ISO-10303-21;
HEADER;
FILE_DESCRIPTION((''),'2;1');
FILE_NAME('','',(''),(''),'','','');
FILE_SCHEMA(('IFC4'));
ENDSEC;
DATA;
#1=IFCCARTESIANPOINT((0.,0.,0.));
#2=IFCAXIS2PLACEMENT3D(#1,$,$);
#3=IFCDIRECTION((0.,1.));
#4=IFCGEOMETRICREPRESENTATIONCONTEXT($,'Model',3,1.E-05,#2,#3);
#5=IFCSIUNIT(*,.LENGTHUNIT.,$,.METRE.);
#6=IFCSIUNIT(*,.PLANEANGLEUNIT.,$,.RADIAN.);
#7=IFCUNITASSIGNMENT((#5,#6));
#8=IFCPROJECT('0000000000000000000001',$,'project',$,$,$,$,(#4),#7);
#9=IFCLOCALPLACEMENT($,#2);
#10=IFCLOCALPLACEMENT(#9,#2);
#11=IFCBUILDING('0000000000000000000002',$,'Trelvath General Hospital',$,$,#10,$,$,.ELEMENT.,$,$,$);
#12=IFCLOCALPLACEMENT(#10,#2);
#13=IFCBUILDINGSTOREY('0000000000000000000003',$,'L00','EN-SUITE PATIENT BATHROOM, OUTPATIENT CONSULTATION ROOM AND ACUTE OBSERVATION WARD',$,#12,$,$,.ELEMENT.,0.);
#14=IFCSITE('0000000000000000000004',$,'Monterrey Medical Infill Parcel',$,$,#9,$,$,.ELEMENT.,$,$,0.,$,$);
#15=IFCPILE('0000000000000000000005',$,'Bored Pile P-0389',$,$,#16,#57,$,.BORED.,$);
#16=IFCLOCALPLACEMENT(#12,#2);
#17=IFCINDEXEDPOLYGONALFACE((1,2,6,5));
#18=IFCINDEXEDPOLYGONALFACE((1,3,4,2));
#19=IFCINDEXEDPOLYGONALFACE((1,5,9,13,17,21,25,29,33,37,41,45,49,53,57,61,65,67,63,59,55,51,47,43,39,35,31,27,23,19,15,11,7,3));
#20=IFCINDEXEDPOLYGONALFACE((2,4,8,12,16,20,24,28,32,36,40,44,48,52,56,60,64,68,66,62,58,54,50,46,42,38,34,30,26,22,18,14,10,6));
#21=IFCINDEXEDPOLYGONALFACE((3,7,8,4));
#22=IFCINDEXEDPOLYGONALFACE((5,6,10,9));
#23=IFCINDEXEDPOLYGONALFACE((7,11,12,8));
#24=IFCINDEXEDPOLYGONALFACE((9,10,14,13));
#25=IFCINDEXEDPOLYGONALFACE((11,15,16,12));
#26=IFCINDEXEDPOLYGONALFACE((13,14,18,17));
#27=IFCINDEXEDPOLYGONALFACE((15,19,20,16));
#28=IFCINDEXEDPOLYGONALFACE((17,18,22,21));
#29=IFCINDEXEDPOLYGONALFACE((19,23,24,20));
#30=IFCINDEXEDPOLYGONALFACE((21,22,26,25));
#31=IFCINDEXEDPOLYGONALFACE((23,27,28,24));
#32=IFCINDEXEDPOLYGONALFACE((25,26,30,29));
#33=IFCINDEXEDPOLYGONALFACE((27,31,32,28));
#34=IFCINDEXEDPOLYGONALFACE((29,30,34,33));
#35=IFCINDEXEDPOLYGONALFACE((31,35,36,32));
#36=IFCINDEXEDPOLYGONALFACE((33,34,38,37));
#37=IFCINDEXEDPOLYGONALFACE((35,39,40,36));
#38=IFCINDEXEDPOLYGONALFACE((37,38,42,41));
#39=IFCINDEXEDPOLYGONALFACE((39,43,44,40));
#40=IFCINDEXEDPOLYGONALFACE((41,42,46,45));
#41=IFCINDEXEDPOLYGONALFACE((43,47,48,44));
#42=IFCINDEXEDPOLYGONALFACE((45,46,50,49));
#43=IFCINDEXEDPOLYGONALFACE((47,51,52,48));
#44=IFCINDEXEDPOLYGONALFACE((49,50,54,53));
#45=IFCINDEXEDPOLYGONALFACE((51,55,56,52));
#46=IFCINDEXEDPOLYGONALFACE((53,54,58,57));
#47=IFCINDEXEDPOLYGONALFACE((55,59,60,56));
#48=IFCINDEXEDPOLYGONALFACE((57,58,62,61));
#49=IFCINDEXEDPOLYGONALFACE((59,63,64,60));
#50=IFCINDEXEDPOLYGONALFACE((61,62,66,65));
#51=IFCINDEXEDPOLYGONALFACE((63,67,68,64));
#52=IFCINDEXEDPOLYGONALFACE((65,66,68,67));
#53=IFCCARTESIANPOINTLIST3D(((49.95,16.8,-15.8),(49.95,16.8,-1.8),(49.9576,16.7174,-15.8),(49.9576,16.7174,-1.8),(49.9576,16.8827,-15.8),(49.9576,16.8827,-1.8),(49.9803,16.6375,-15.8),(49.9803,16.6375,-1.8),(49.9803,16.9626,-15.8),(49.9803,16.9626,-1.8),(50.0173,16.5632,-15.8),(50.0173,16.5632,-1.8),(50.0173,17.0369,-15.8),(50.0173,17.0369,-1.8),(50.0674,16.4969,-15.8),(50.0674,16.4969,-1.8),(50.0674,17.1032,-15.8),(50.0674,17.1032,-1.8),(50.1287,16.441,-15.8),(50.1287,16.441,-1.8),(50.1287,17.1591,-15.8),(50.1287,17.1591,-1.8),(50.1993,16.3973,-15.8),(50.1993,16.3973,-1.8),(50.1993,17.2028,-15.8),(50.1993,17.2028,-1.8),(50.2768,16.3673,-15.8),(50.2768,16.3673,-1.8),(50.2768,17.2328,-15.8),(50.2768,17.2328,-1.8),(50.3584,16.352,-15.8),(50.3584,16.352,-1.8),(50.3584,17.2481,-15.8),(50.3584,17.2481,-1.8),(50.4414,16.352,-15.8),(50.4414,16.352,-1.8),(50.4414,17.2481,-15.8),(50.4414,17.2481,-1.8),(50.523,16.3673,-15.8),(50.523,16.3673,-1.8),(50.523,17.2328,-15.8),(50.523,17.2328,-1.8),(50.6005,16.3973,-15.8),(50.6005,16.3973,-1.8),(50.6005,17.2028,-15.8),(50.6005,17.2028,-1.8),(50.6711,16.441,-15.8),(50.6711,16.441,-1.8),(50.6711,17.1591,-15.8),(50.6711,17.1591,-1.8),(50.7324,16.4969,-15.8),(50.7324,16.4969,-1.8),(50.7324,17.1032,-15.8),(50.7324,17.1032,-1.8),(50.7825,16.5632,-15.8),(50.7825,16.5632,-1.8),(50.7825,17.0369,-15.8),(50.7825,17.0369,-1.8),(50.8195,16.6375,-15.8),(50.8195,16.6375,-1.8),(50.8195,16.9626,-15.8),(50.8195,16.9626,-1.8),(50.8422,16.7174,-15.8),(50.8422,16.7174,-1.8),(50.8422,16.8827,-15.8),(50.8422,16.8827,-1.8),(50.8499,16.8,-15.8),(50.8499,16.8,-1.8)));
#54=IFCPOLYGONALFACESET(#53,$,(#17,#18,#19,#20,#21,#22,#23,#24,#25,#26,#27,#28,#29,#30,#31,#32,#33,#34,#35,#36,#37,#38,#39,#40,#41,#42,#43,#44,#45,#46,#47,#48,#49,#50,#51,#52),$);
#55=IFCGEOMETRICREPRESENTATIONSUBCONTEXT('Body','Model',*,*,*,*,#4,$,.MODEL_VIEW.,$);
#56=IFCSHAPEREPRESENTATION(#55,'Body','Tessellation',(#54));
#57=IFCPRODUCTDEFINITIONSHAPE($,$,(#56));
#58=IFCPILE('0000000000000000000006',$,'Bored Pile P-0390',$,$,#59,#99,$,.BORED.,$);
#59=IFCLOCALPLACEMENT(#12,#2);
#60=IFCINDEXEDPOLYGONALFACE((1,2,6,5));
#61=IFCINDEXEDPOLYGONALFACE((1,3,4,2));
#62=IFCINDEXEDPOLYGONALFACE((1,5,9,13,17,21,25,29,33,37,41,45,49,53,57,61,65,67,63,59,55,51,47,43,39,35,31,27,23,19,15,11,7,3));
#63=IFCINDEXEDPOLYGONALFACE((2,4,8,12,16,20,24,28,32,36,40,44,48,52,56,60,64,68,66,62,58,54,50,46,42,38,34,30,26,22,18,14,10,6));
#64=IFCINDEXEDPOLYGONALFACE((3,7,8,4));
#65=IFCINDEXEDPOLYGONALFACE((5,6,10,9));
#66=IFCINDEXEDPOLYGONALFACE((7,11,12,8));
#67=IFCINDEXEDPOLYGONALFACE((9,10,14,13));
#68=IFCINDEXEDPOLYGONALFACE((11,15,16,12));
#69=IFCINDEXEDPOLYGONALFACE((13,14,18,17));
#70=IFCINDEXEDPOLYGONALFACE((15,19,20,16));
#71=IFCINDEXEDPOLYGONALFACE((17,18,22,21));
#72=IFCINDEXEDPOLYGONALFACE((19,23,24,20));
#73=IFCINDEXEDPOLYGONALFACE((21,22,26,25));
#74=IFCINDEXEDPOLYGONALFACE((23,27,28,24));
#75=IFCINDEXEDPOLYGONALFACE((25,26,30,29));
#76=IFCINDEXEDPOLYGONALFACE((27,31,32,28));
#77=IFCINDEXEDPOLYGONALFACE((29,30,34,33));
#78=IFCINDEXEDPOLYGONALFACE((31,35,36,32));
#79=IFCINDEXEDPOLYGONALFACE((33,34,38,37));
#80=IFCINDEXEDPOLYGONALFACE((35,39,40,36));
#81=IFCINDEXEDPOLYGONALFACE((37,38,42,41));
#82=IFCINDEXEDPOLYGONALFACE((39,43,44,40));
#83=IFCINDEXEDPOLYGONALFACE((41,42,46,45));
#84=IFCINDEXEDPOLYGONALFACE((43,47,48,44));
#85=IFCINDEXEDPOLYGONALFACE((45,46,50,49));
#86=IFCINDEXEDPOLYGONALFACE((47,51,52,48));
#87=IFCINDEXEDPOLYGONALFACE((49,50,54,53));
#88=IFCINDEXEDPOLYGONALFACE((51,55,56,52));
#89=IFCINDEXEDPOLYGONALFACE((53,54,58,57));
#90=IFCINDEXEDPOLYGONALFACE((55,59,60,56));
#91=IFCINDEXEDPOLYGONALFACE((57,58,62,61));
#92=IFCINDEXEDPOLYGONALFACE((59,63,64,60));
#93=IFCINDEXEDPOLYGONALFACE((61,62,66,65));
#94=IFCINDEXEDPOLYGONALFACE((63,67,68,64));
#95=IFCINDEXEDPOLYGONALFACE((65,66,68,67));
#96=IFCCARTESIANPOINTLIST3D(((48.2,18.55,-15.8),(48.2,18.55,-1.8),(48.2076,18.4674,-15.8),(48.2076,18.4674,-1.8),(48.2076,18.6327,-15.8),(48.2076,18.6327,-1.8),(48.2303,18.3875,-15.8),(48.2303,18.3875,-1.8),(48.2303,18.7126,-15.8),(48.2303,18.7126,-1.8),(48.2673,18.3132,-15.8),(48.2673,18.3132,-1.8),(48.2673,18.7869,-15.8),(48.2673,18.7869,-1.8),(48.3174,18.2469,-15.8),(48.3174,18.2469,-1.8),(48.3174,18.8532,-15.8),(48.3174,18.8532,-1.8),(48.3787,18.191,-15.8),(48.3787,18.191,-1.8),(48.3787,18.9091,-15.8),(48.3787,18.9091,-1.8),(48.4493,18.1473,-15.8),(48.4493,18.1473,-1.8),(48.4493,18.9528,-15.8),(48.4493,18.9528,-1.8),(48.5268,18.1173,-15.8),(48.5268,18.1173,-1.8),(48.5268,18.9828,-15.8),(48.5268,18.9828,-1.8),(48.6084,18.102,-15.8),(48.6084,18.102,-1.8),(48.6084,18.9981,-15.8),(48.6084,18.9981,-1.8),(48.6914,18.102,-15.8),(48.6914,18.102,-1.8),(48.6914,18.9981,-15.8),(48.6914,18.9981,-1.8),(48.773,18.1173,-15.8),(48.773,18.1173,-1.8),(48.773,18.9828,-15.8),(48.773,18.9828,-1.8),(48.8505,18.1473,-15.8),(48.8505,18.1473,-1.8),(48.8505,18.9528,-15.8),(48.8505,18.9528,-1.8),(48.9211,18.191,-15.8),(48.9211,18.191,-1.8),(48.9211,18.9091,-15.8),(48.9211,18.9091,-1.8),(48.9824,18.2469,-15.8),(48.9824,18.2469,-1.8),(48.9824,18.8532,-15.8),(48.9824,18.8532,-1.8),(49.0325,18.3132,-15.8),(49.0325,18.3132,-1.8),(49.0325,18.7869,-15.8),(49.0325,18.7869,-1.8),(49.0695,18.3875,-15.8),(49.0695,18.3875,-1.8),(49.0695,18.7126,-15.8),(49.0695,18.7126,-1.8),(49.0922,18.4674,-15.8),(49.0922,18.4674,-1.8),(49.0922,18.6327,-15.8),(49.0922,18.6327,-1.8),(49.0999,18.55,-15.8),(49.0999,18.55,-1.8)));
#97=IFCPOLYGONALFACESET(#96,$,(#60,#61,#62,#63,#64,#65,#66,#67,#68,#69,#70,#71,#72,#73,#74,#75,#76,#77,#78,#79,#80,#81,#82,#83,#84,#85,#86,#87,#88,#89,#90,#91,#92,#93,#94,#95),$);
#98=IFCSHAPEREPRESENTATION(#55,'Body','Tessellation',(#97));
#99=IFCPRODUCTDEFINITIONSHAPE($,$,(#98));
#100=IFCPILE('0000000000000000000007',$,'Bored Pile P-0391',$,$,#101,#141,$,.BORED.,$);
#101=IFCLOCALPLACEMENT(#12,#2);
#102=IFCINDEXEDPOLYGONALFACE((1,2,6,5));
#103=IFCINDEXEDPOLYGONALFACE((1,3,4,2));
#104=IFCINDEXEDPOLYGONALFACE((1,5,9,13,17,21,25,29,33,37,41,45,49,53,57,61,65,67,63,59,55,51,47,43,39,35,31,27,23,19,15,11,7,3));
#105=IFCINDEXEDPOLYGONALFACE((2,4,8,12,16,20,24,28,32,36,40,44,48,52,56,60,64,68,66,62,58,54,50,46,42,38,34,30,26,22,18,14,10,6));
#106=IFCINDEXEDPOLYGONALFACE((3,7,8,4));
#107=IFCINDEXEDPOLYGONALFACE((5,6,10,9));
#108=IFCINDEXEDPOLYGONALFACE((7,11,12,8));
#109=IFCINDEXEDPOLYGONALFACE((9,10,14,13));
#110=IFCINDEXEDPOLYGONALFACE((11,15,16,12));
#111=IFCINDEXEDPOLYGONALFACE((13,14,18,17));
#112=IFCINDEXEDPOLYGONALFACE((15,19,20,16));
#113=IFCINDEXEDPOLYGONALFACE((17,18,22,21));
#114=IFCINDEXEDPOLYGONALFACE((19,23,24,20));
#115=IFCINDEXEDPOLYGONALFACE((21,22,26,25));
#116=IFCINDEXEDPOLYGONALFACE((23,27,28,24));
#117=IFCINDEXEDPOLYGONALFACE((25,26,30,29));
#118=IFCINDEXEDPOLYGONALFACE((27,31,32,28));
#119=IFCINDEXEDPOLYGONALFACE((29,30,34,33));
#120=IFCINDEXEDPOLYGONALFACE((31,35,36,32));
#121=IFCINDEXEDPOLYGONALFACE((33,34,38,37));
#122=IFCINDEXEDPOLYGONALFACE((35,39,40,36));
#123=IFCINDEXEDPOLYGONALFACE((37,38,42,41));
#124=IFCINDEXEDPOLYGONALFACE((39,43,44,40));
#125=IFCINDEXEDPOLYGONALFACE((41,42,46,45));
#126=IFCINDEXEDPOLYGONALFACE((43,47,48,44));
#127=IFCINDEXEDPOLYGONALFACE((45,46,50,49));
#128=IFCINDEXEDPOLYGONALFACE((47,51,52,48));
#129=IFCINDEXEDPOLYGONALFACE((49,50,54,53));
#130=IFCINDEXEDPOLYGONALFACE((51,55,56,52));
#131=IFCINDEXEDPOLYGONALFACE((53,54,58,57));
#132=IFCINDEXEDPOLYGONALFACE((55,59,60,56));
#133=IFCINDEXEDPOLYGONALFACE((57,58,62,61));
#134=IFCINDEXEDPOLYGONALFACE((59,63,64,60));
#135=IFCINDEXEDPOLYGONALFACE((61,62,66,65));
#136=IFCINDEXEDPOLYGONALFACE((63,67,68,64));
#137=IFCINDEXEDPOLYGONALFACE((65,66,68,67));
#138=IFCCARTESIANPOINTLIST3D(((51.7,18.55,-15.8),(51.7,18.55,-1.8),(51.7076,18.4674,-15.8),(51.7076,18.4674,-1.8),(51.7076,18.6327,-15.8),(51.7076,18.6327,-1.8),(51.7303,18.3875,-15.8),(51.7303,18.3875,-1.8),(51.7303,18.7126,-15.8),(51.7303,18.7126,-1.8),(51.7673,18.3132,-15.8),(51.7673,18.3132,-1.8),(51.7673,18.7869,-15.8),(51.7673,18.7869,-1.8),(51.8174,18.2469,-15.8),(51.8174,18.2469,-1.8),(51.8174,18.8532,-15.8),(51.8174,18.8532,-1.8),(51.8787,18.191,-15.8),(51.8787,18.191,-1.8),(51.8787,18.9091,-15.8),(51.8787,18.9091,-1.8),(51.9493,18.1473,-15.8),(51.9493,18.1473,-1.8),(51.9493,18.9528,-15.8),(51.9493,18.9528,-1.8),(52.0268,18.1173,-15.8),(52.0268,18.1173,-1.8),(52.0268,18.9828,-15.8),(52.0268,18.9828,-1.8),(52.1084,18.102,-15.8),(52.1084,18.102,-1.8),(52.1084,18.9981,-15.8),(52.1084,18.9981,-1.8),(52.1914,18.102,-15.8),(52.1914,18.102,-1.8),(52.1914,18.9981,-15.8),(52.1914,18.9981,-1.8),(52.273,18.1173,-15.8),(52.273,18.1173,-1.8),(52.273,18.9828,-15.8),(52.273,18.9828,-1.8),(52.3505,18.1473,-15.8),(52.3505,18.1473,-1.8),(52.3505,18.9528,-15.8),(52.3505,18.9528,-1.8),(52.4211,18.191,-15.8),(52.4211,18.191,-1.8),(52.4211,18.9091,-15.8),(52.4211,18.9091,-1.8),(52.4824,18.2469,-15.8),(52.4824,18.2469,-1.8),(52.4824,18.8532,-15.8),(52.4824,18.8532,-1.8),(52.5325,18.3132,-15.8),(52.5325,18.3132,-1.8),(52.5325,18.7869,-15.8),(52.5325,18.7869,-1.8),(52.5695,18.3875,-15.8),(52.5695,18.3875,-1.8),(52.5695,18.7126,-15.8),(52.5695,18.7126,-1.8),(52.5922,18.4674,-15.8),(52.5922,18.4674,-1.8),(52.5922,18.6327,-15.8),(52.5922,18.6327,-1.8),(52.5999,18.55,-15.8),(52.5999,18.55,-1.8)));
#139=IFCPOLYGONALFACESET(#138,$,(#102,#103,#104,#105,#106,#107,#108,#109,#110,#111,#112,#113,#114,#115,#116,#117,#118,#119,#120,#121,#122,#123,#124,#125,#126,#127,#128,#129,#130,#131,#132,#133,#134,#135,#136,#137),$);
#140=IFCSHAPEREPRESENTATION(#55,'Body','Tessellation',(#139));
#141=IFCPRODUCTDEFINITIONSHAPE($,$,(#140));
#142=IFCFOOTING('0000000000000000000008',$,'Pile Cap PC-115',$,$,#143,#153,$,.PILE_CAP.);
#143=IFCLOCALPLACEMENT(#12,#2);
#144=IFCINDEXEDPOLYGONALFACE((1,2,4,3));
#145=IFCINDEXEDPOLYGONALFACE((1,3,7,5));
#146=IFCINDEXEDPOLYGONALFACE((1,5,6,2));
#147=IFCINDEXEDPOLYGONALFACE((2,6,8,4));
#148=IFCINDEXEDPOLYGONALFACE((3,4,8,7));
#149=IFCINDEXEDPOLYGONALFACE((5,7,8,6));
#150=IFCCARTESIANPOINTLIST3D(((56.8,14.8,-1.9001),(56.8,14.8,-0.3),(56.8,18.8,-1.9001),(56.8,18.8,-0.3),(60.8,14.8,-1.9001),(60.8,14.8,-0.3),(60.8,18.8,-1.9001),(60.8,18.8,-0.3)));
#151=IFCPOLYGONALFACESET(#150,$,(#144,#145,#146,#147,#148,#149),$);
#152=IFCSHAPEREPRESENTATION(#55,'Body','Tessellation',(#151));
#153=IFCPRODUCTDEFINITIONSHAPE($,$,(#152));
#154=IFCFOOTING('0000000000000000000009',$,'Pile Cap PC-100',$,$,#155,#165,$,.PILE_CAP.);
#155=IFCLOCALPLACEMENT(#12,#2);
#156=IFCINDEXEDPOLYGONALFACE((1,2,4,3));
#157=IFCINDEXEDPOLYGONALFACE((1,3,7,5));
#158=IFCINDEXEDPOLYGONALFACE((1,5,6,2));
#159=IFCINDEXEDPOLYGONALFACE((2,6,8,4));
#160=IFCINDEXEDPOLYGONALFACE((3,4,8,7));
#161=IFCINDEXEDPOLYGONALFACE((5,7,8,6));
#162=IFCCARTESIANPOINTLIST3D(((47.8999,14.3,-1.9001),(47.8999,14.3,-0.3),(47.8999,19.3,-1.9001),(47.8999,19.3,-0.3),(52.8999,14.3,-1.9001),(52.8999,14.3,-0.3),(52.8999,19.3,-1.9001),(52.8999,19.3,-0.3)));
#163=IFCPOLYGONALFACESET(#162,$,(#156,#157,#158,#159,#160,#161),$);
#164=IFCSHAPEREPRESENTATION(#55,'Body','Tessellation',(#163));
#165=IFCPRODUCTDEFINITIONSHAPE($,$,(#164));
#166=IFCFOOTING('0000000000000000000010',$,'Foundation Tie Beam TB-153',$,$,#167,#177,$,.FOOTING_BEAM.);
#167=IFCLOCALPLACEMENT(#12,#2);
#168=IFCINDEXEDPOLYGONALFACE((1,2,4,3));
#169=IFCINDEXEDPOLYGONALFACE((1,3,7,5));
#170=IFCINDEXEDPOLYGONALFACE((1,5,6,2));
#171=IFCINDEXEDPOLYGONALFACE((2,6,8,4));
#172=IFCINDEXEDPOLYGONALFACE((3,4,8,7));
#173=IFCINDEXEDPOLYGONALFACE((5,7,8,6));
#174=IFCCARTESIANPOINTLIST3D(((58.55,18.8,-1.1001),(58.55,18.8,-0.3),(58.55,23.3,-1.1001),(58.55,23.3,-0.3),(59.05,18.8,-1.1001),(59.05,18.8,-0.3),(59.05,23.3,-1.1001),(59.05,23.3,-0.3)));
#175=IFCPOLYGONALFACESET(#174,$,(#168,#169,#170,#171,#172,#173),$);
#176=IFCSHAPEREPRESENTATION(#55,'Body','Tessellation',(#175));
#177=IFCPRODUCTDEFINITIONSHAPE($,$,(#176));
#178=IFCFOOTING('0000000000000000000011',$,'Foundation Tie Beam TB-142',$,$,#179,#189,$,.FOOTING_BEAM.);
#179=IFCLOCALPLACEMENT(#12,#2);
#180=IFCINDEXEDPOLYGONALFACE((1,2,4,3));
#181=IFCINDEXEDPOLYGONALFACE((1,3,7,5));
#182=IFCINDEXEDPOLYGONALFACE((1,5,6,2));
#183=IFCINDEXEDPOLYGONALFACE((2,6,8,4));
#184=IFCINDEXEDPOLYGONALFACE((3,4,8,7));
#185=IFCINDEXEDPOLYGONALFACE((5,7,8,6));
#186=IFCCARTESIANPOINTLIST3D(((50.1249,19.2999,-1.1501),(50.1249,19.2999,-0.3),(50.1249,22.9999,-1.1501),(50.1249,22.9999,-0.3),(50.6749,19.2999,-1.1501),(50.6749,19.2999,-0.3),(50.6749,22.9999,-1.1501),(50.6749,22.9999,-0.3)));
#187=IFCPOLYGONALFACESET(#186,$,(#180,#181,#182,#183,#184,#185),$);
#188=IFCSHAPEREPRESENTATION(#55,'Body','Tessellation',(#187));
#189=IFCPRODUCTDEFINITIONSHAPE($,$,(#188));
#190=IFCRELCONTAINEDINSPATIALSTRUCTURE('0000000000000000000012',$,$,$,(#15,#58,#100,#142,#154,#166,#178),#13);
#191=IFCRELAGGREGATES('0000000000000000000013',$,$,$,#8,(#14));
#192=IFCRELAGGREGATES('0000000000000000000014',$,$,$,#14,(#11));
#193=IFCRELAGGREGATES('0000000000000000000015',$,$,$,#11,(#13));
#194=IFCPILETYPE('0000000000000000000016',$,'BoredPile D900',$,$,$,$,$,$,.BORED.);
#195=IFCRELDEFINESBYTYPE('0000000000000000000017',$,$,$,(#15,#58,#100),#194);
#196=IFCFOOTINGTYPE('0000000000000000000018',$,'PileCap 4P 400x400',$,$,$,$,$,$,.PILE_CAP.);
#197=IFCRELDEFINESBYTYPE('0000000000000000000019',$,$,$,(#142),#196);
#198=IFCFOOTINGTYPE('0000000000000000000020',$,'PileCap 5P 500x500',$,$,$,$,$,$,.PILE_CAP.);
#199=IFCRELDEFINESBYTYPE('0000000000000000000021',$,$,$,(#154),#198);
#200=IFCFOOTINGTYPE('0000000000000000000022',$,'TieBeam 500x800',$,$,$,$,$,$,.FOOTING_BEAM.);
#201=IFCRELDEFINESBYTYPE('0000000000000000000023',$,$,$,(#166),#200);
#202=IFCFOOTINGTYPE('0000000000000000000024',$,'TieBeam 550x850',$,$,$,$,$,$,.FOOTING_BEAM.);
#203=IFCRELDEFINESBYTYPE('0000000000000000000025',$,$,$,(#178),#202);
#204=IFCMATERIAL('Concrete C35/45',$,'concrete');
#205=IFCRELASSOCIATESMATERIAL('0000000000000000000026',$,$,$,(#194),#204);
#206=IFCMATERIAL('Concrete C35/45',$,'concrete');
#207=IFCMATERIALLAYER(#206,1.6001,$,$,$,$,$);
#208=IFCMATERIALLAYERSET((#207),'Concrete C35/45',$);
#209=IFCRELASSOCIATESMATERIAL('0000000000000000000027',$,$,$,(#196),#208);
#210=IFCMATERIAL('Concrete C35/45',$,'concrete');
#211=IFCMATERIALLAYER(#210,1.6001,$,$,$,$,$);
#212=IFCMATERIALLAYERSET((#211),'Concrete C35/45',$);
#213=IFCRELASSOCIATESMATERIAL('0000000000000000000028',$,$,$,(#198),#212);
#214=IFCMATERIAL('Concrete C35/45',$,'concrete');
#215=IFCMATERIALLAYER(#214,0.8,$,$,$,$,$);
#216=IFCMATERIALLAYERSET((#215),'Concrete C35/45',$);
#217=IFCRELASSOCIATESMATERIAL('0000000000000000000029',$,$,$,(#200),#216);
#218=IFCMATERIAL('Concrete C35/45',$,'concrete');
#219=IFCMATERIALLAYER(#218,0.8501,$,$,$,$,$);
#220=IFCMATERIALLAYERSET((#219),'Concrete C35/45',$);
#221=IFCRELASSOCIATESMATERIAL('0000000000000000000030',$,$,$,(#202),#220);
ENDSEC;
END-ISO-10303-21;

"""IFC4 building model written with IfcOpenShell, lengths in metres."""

from ifc_helpers import new_model, si_unit, direction, frame, origin, origin_2d, place, context, subcontext, project, spatial, rectangle, circle, extrude, material, layer, layer_set, material_profile, profile_set, type_object, element, save


model = new_model("IFC4")

# Units and contexts
model_context = context("Model", 3, precision=1e-05, world=origin(), true_north=direction((0.0, 1.0)))
body_context = subcontext(model_context, "Body", "Model", "MODEL_VIEW")
ifc_project = project(units=[si_unit("LENGTHUNIT", "METRE"), si_unit("PLANEANGLEUNIT", "RADIAN")], contexts=[model_context])

# Site, building, storey
site_placement = place(None, origin())
site = spatial("IfcSite", under=ifc_project, at=site_placement, Name="Monterrey Medical Infill Parcel", CompositionType="ELEMENT", RefElevation=0.0)
building_placement = place(site_placement, origin())
building = spatial("IfcBuilding", under=site, at=building_placement, Name="Trelvath General Hospital", CompositionType="ELEMENT")
storey_placement = place(building_placement, origin())
storey = spatial("IfcBuildingStorey", under=building, at=storey_placement, Name="L00", Description="EN-SUITE PATIENT BATHROOM, OUTPATIENT CONSULTATION ROOM AND ACUTE OBSERVATION WARD", CompositionType="ELEMENT", Elevation=0.0)

# Piles
ifc_material_1 = material(Name="Concrete C35/45", Category="concrete")
ifc_material_profile_1 = material_profile(ifc_material_1, circle(Radius=0.45, at=origin_2d()), Name="PILE900")
ifc_profile_set_1 = profile_set([ifc_material_profile_1], Name="Concrete C35/45")
pile_type_1 = type_object("IfcPileType", Name="BoredPile D900", PredefinedType="BORED", material=ifc_profile_set_1)
for number, where, z_axis, x_axis, name in (
    (1, (50.3999, 16.8, -1.8), (0.0, 0.0, -1.0), (1.0, 0.0, 0.0), "Bored Pile P-0389"),
    (2, (48.6499, 18.55, -1.8), (0.0, 0.0, -1.0), (1.0, 0.0, 0.0), "Bored Pile P-0390"),
    (3, (52.1499, 18.55, -1.8), (0.0, 0.0, -1.0), (1.0, 0.0, 0.0), "Bored Pile P-0391"),
):
    element("IfcPile", number, at=place(storey_placement, frame(where, z_axis=z_axis, x_axis=x_axis)), inside=storey, type_object=pile_type_1, Name=name, PredefinedType="BORED", context=body_context, shape_type="SweptSolid", body=[
        extrude(circle(Radius=0.45, at=origin_2d()), origin(), (0.0, 0.0, 1.0), 14.0),
    ])

# Footings
ifc_material_2 = material(Name="Concrete C35/45", Category="concrete")
ifc_layer_1 = layer(ifc_material_2, 1.6001)
ifc_layer_set_1 = layer_set([ifc_layer_1], Name="Concrete C35/45")
footing_type_1 = type_object("IfcFootingType", Name="PileCap 4P 400x400", PredefinedType="PILE_CAP", material=ifc_layer_set_1)
footing_1_placement = place(storey_placement, frame((58.8, 16.8, -1.9001), z_axis=(0.0, 0.0, 1.0), x_axis=(1.0, 0.0, 0.0)))
element("IfcFooting", 4, at=footing_1_placement, inside=storey, type_object=footing_type_1, Name="Pile Cap PC-115", PredefinedType="PILE_CAP", context=body_context, shape_type="SweptSolid", body=[
    extrude(rectangle(XDim=4.0, YDim=4.0, at=origin_2d()), origin(), (0.0, 0.0, 1.0), 1.6001),
])
ifc_material_3 = material(Name="Concrete C35/45", Category="concrete")
ifc_layer_2 = layer(ifc_material_3, 1.6001)
ifc_layer_set_2 = layer_set([ifc_layer_2], Name="Concrete C35/45")
footing_type_2 = type_object("IfcFootingType", Name="PileCap 5P 500x500", PredefinedType="PILE_CAP", material=ifc_layer_set_2)
footing_2_placement = place(storey_placement, frame((50.3999, 16.8, -1.9001), z_axis=(0.0, 0.0, 1.0), x_axis=(1.0, 0.0, 0.0)))
element("IfcFooting", 5, at=footing_2_placement, inside=storey, type_object=footing_type_2, Name="Pile Cap PC-100", PredefinedType="PILE_CAP", context=body_context, shape_type="SweptSolid", body=[
    extrude(rectangle(XDim=5.0, YDim=5.0, at=origin_2d()), origin(), (0.0, 0.0, 1.0), 1.6001),
])
ifc_material_4 = material(Name="Concrete C35/45", Category="concrete")
ifc_layer_3 = layer(ifc_material_4, 0.8)
ifc_layer_set_3 = layer_set([ifc_layer_3], Name="Concrete C35/45")
footing_type_3 = type_object("IfcFootingType", Name="TieBeam 500x800", PredefinedType="FOOTING_BEAM", material=ifc_layer_set_3)
footing_3_placement = place(storey_placement, frame((58.8, 21.05, -1.1001), z_axis=(0.0, 0.0, 1.0), x_axis=(1.0, 0.0, 0.0)))
element("IfcFooting", 6, at=footing_3_placement, inside=storey, type_object=footing_type_3, Name="Foundation Tie Beam TB-153", PredefinedType="FOOTING_BEAM", context=body_context, shape_type="SweptSolid", body=[
    extrude(rectangle(XDim=0.5, YDim=4.5, at=origin_2d()), origin(), (0.0, 0.0, 1.0), 0.8),
])
ifc_material_5 = material(Name="Concrete C35/45", Category="concrete")
ifc_layer_4 = layer(ifc_material_5, 0.8501)
ifc_layer_set_4 = layer_set([ifc_layer_4], Name="Concrete C35/45")
footing_type_4 = type_object("IfcFootingType", Name="TieBeam 550x850", PredefinedType="FOOTING_BEAM", material=ifc_layer_set_4)
footing_4_placement = place(storey_placement, frame((50.3999, 21.1499, -1.1501), z_axis=(0.0, 0.0, 1.0), x_axis=(1.0, 0.0, 0.0)))
element("IfcFooting", 7, at=footing_4_placement, inside=storey, type_object=footing_type_4, Name="Foundation Tie Beam TB-142", PredefinedType="FOOTING_BEAM", context=body_context, shape_type="SweptSolid", body=[
    extrude(rectangle(XDim=0.55, YDim=3.7, at=origin_2d()), origin(), (0.0, 0.0, 1.0), 0.8501),
])

save(model, "model.ifc")
